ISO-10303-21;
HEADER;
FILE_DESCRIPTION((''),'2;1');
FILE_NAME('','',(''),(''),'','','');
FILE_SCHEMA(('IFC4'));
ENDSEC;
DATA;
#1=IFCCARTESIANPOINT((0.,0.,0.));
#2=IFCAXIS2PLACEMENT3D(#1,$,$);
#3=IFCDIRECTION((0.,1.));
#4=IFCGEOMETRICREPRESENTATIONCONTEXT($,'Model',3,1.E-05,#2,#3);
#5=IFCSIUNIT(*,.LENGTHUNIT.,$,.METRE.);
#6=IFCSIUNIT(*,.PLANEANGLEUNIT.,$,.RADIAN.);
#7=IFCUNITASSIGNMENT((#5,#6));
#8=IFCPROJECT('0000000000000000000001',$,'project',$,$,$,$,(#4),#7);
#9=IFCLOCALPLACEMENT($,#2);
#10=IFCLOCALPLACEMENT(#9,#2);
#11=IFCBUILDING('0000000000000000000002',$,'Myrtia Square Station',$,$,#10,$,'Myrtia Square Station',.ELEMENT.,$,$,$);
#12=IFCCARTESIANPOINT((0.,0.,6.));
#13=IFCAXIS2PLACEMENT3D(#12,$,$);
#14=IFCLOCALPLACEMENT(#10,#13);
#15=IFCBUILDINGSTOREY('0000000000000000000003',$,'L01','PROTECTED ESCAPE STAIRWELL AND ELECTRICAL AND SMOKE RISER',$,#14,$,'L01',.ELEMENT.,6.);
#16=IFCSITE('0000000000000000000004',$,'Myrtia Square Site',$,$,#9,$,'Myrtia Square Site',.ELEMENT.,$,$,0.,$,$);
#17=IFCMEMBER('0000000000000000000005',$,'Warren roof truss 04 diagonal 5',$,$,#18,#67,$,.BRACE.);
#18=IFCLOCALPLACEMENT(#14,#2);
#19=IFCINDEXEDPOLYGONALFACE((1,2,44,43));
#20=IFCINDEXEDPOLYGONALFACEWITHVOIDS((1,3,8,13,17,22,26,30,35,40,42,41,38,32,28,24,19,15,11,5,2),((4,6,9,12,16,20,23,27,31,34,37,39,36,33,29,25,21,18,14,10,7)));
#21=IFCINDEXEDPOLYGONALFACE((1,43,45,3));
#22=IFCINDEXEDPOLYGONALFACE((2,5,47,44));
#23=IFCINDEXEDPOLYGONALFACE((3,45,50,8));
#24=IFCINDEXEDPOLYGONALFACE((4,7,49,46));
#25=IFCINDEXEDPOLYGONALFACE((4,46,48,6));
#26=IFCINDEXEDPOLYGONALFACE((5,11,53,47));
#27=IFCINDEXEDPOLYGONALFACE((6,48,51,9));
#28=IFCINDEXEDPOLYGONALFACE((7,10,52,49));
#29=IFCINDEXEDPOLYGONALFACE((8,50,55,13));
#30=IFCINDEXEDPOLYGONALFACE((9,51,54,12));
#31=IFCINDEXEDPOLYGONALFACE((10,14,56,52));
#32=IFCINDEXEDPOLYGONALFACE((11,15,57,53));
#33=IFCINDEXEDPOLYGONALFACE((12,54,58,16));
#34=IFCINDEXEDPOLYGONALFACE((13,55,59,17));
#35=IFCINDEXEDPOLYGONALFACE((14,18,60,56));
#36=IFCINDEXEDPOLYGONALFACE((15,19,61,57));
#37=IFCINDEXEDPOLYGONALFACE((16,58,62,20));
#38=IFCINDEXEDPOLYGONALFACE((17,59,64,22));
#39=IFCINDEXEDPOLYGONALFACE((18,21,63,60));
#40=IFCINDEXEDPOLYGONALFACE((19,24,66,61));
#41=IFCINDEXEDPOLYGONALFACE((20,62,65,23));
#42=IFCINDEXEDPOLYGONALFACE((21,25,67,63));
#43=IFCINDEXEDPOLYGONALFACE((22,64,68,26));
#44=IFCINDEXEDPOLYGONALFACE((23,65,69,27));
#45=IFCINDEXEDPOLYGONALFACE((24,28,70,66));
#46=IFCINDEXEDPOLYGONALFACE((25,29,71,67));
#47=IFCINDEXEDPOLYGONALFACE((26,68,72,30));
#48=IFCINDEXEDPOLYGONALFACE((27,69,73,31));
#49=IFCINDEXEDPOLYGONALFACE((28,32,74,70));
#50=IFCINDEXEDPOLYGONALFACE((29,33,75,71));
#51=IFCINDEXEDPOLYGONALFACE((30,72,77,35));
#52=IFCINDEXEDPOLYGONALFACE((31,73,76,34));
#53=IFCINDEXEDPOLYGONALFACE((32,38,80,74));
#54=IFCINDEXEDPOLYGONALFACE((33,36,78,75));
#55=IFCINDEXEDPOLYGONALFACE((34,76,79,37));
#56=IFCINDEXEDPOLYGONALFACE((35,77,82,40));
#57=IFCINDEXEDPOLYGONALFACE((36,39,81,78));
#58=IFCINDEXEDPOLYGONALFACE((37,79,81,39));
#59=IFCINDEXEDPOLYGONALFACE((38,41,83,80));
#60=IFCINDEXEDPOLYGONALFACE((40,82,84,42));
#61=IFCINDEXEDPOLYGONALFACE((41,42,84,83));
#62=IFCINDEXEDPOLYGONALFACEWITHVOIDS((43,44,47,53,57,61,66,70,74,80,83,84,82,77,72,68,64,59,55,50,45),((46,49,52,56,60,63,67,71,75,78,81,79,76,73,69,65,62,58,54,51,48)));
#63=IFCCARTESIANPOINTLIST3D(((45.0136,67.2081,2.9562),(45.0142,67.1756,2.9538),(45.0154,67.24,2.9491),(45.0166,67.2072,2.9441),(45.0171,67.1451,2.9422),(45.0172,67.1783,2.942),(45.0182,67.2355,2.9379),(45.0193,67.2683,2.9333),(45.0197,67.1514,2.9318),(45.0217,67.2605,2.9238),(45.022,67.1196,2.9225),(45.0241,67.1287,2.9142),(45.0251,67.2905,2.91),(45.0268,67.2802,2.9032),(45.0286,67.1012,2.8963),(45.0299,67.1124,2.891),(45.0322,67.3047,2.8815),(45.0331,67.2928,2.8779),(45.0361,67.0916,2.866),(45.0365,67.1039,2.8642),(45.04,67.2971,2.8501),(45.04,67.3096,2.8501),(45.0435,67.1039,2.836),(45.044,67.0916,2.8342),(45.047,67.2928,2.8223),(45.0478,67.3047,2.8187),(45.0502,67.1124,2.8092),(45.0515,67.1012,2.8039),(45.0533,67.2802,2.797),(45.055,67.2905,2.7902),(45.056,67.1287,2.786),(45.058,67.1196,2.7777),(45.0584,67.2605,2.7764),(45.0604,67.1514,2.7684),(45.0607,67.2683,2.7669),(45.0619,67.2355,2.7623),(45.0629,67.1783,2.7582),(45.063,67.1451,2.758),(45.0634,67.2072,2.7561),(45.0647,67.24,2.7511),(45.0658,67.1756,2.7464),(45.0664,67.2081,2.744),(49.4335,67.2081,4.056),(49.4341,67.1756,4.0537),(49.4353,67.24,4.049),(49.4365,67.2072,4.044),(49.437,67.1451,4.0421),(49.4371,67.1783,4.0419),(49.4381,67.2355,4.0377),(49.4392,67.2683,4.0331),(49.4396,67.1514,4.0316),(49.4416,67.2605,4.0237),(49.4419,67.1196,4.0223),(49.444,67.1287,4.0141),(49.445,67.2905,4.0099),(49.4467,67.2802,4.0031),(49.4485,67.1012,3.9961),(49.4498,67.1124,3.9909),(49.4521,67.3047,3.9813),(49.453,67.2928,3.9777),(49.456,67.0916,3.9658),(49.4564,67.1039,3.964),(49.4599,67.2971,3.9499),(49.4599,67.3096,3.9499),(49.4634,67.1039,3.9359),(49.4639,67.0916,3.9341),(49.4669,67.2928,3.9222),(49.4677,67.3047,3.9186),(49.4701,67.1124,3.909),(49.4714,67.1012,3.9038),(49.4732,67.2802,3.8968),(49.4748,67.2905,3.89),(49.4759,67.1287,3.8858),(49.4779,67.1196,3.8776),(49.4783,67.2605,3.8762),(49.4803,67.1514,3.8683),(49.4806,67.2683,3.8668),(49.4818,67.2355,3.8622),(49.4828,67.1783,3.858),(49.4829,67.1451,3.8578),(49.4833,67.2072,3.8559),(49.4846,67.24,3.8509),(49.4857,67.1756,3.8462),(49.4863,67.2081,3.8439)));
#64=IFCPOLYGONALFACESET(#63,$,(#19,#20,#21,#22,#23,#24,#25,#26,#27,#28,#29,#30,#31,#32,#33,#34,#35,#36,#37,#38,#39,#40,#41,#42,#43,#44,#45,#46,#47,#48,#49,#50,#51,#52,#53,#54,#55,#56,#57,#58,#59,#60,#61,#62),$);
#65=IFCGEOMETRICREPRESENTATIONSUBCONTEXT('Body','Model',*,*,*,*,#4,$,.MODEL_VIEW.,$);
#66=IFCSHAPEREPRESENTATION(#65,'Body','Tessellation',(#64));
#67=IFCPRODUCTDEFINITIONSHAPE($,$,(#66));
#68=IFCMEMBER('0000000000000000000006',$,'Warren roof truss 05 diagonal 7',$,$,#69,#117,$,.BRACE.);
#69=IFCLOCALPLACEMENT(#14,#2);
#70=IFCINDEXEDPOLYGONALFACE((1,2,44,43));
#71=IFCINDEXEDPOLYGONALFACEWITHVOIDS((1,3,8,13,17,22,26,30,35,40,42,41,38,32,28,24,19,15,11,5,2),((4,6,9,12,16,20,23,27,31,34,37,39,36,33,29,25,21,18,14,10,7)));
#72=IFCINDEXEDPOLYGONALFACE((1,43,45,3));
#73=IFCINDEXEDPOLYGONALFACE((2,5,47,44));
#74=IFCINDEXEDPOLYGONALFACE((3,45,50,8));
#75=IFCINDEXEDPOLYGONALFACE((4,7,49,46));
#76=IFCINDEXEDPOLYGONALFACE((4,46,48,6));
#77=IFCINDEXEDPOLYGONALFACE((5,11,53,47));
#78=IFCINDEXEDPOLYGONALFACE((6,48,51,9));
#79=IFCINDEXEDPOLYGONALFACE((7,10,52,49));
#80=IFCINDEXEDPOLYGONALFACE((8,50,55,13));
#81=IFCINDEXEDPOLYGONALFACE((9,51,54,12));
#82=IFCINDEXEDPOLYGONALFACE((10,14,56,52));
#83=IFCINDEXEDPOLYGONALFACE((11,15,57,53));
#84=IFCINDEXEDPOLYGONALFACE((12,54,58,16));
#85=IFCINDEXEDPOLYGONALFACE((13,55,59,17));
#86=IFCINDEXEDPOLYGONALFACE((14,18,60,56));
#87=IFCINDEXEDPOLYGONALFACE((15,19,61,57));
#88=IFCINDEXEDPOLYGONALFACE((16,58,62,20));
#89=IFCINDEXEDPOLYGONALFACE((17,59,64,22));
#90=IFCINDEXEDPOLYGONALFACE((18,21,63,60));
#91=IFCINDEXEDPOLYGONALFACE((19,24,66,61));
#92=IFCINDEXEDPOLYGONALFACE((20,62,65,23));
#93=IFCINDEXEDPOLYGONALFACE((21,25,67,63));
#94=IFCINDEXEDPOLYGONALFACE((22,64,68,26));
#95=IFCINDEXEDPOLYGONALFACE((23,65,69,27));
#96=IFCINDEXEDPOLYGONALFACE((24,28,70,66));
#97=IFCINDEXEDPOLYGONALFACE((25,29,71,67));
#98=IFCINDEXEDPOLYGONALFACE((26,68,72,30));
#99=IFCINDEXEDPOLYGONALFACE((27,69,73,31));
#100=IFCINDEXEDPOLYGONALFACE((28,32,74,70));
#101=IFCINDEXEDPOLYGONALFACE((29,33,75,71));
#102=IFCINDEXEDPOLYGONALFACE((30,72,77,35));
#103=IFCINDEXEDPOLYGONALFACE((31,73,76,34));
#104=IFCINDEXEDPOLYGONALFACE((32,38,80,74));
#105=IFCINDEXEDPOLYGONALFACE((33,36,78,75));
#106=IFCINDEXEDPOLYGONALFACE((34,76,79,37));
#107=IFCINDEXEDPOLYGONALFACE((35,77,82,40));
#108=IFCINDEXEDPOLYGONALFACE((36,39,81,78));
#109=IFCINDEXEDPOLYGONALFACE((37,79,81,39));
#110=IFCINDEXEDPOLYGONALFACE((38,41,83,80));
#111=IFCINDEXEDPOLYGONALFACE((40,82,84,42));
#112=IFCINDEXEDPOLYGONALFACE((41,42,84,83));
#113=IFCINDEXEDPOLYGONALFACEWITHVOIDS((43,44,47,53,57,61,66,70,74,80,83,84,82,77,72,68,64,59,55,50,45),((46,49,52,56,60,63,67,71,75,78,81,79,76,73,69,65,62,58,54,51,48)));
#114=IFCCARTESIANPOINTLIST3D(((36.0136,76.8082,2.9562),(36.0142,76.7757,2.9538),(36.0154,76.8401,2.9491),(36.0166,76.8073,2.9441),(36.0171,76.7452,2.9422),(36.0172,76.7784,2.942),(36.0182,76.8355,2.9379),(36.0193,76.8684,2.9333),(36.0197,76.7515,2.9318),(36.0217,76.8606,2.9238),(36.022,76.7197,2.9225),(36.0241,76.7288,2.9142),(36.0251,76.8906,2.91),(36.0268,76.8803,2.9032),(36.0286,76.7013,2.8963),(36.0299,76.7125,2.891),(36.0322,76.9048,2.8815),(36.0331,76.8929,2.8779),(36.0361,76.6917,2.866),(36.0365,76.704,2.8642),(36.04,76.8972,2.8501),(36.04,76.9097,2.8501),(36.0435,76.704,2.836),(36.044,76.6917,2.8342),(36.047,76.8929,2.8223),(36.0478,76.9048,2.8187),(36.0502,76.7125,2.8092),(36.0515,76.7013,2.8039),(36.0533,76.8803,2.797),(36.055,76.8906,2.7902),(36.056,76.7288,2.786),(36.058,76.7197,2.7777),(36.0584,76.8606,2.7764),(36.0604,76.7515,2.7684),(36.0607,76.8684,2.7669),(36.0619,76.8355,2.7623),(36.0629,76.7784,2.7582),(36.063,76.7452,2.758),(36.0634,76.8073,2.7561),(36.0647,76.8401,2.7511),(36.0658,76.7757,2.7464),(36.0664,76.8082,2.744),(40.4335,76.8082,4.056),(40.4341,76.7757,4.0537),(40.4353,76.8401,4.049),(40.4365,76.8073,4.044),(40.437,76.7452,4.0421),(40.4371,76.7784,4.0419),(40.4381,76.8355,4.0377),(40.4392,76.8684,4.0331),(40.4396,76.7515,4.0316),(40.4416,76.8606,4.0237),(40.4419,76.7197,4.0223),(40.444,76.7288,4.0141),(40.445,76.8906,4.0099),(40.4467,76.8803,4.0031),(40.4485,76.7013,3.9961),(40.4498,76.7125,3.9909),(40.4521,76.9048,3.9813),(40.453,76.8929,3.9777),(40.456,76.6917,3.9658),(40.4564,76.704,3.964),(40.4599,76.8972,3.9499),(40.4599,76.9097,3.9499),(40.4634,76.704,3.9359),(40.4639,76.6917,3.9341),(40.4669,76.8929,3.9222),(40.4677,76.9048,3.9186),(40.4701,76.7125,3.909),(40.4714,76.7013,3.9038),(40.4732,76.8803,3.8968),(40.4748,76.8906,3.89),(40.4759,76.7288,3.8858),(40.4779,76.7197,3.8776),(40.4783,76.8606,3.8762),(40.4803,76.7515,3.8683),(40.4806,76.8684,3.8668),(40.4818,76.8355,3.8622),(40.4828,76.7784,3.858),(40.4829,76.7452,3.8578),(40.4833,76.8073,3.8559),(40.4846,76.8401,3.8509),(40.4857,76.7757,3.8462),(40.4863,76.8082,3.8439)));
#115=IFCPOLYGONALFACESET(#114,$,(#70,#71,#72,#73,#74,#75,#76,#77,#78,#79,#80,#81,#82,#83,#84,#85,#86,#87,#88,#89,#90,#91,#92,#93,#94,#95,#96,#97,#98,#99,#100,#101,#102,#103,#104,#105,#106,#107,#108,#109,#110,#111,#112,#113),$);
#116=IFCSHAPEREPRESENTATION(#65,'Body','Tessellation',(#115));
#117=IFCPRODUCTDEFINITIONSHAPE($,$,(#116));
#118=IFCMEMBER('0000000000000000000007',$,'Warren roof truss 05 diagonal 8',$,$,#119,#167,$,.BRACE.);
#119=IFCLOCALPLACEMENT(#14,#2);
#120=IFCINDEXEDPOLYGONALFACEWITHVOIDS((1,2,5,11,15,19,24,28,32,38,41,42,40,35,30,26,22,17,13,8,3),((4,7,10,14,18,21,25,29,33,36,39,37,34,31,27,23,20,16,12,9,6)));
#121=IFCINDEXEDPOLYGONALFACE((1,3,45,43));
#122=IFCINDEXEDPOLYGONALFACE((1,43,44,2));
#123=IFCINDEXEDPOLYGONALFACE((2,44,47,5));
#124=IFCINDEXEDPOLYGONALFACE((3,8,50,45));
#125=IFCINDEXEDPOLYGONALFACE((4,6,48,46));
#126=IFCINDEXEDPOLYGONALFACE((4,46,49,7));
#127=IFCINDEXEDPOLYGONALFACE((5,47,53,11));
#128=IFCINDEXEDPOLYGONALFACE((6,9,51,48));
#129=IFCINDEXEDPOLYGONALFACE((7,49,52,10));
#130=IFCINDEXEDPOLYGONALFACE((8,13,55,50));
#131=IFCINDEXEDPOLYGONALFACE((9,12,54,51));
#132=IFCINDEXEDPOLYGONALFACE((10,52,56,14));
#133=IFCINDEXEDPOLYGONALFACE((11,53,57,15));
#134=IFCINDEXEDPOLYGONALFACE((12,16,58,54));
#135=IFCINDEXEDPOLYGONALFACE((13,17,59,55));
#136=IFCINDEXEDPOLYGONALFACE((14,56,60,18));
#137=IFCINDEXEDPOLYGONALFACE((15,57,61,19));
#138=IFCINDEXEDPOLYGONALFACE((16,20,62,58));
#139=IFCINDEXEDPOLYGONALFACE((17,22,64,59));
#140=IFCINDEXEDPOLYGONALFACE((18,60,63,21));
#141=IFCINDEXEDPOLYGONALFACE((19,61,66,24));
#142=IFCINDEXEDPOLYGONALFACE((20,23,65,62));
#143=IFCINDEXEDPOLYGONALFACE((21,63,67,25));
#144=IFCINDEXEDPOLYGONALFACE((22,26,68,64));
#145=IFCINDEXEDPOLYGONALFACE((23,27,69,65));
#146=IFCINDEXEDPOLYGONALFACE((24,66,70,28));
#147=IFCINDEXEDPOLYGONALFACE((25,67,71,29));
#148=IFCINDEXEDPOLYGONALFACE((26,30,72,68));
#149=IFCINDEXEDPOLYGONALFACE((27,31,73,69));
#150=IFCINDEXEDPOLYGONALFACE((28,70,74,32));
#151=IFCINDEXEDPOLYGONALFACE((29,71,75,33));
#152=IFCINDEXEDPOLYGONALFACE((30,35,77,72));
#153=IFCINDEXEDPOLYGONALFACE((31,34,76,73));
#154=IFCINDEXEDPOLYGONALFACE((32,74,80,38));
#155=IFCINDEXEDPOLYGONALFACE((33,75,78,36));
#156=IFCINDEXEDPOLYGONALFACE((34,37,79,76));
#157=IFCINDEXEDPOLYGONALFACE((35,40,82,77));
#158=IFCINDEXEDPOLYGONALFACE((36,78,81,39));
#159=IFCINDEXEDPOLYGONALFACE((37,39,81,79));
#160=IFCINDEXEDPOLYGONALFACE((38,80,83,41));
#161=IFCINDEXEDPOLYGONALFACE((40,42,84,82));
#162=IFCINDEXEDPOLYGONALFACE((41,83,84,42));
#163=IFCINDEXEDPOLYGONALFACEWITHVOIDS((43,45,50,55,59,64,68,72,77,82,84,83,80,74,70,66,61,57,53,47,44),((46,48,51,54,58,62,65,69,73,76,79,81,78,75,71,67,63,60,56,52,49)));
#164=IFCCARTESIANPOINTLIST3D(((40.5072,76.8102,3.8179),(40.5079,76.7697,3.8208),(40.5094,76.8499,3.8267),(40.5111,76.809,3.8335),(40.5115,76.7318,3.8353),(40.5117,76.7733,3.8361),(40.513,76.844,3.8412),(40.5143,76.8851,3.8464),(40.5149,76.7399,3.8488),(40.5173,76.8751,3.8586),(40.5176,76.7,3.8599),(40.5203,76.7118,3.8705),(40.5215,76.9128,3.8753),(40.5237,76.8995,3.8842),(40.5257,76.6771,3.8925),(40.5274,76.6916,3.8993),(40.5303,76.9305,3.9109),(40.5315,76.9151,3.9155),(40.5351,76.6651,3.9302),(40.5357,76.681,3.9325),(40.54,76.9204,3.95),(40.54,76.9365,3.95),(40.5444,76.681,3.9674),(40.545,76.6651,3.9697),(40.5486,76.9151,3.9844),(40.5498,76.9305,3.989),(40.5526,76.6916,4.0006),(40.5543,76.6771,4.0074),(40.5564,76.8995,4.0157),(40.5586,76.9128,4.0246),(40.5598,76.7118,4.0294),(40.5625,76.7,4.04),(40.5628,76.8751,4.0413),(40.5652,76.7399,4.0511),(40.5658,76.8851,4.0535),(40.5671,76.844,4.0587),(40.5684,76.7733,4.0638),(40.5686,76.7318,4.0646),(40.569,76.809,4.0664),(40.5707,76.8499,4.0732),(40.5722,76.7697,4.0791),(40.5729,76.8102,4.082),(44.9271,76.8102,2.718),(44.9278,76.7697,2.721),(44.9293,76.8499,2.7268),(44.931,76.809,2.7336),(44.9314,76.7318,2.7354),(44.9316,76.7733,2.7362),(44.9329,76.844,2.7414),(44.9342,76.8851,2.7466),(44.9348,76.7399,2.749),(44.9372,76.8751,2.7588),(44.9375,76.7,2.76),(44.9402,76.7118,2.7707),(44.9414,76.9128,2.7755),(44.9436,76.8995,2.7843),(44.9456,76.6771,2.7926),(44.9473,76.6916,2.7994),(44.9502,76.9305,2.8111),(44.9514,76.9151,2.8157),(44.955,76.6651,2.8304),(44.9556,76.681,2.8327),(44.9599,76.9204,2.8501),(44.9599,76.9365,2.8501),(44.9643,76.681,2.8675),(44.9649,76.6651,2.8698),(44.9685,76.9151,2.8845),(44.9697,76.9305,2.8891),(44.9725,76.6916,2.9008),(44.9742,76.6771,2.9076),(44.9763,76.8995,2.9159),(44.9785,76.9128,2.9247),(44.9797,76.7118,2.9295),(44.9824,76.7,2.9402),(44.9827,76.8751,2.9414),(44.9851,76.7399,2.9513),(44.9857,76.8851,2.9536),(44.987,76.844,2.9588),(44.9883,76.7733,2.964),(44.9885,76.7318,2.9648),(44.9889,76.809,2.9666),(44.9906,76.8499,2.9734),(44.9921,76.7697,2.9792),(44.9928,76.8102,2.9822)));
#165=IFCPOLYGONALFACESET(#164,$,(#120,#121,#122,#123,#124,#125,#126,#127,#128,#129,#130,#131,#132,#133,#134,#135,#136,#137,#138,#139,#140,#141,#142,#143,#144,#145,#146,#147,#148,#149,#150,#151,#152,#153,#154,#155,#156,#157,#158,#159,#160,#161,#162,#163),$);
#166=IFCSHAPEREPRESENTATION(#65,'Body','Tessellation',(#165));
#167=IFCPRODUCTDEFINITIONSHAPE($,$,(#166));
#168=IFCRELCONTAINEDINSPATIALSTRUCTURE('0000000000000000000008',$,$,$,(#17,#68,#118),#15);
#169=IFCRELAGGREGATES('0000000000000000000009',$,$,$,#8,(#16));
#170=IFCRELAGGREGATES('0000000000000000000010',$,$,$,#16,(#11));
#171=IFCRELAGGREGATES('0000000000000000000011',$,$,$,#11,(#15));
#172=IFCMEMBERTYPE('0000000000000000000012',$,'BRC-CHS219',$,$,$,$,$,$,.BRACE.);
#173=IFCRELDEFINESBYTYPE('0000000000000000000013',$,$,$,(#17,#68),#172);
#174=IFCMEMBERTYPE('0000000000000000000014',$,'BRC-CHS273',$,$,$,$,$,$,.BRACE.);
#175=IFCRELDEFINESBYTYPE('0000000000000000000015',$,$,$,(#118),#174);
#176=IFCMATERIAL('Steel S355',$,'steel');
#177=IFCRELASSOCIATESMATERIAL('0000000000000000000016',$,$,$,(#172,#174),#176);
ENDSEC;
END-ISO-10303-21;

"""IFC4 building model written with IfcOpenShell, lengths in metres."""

from ifc_helpers import new_model, si_unit, direction, frame, origin, origin_2d, place, context, subcontext, project, spatial, hollow_circle, extrude, material, material_profile, profile_set, type_object, element, save


model = new_model("IFC4")

# Units and contexts
model_context = context("Model", 3, precision=1e-05, world=origin(), true_north=direction((0.0, 1.0)))
body_context = subcontext(model_context, "Body", "Model", "MODEL_VIEW")
ifc_project = project(units=[si_unit("LENGTHUNIT", "METRE"), si_unit("PLANEANGLEUNIT", "RADIAN")], contexts=[model_context])

# Site, building, storey
site_placement = place(None, origin())
site = spatial("IfcSite", under=ifc_project, at=site_placement, Name="Myrtia Square Site", LongName="Myrtia Square Site", CompositionType="ELEMENT", RefElevation=0.0)
building_placement = place(site_placement, origin())
building = spatial("IfcBuilding", under=site, at=building_placement, Name="Myrtia Square Station", LongName="Myrtia Square Station", CompositionType="ELEMENT")
storey_placement = place(building_placement, frame((0.0, 0.0, 6.0)))
storey = spatial("IfcBuildingStorey", under=building, at=storey_placement, Name="L01", Description="PROTECTED ESCAPE STAIRWELL AND ELECTRICAL AND SMOKE RISER", LongName="L01", CompositionType="ELEMENT", Elevation=6.0)

# Shared definitions
ifc_material_1 = material(Name="Steel S355", Category="steel")

# Members
ifc_material_profile_1 = material_profile(ifc_material_1, hollow_circle(Radius=0.1096, WallThickness=0.0125, at=origin_2d()), Name="CHS 219.1x12.5")
ifc_profile_set_1 = profile_set([ifc_material_profile_1], Name="Steel S355")
member_type_1 = type_object("IfcMemberType", Name="BRC-CHS219", PredefinedType="BRACE", material=ifc_profile_set_1)
for number, where, z_axis, x_axis, name in (
    (1, (45.04, 67.2, 2.8501), (0.970407, 0.0, 0.241476), (0.0, 1.0, 0.0), "Warren roof truss 04 diagonal 5"),
    (2, (36.04, 76.8, 2.8501), (0.970407, 0.0, 0.241476), (0.0, 1.0, 0.0), "Warren roof truss 05 diagonal 7"),
):
    element("IfcMember", number, at=place(storey_placement, frame(where, z_axis=z_axis, x_axis=x_axis)), inside=storey, type_object=member_type_1, Name=name, PredefinedType="BRACE", context=body_context, shape_type="SweptSolid", body=[
        extrude(hollow_circle(Radius=0.1096, WallThickness=0.0125, at=origin_2d()), origin(), (0.0, 0.0, 1.0), 4.5547),
    ])
ifc_material_profile_2 = material_profile(ifc_material_1, hollow_circle(Radius=0.1365, WallThickness=0.0161, at=origin_2d()), Name="CHS 273x16")
ifc_profile_set_2 = profile_set([ifc_material_profile_2], Name="Steel S355")
member_type_2 = type_object("IfcMemberType", Name="BRC-CHS273", PredefinedType="BRACE", material=ifc_profile_set_2)
member_1_placement = place(storey_placement, frame((40.54, 76.8, 3.95), z_axis=(0.970407, 0.0, -0.241476), x_axis=(0.0, 1.0, 0.0)))
element("IfcMember", 3, at=member_1_placement, inside=storey, type_object=member_type_2, Name="Warren roof truss 05 diagonal 8", PredefinedType="BRACE", context=body_context, shape_type="SweptSolid", body=[
    extrude(hollow_circle(Radius=0.1365, WallThickness=0.0161, at=origin_2d()), origin(), (0.0, 0.0, 1.0), 4.5547),
])

save(model, "model.ifc")
